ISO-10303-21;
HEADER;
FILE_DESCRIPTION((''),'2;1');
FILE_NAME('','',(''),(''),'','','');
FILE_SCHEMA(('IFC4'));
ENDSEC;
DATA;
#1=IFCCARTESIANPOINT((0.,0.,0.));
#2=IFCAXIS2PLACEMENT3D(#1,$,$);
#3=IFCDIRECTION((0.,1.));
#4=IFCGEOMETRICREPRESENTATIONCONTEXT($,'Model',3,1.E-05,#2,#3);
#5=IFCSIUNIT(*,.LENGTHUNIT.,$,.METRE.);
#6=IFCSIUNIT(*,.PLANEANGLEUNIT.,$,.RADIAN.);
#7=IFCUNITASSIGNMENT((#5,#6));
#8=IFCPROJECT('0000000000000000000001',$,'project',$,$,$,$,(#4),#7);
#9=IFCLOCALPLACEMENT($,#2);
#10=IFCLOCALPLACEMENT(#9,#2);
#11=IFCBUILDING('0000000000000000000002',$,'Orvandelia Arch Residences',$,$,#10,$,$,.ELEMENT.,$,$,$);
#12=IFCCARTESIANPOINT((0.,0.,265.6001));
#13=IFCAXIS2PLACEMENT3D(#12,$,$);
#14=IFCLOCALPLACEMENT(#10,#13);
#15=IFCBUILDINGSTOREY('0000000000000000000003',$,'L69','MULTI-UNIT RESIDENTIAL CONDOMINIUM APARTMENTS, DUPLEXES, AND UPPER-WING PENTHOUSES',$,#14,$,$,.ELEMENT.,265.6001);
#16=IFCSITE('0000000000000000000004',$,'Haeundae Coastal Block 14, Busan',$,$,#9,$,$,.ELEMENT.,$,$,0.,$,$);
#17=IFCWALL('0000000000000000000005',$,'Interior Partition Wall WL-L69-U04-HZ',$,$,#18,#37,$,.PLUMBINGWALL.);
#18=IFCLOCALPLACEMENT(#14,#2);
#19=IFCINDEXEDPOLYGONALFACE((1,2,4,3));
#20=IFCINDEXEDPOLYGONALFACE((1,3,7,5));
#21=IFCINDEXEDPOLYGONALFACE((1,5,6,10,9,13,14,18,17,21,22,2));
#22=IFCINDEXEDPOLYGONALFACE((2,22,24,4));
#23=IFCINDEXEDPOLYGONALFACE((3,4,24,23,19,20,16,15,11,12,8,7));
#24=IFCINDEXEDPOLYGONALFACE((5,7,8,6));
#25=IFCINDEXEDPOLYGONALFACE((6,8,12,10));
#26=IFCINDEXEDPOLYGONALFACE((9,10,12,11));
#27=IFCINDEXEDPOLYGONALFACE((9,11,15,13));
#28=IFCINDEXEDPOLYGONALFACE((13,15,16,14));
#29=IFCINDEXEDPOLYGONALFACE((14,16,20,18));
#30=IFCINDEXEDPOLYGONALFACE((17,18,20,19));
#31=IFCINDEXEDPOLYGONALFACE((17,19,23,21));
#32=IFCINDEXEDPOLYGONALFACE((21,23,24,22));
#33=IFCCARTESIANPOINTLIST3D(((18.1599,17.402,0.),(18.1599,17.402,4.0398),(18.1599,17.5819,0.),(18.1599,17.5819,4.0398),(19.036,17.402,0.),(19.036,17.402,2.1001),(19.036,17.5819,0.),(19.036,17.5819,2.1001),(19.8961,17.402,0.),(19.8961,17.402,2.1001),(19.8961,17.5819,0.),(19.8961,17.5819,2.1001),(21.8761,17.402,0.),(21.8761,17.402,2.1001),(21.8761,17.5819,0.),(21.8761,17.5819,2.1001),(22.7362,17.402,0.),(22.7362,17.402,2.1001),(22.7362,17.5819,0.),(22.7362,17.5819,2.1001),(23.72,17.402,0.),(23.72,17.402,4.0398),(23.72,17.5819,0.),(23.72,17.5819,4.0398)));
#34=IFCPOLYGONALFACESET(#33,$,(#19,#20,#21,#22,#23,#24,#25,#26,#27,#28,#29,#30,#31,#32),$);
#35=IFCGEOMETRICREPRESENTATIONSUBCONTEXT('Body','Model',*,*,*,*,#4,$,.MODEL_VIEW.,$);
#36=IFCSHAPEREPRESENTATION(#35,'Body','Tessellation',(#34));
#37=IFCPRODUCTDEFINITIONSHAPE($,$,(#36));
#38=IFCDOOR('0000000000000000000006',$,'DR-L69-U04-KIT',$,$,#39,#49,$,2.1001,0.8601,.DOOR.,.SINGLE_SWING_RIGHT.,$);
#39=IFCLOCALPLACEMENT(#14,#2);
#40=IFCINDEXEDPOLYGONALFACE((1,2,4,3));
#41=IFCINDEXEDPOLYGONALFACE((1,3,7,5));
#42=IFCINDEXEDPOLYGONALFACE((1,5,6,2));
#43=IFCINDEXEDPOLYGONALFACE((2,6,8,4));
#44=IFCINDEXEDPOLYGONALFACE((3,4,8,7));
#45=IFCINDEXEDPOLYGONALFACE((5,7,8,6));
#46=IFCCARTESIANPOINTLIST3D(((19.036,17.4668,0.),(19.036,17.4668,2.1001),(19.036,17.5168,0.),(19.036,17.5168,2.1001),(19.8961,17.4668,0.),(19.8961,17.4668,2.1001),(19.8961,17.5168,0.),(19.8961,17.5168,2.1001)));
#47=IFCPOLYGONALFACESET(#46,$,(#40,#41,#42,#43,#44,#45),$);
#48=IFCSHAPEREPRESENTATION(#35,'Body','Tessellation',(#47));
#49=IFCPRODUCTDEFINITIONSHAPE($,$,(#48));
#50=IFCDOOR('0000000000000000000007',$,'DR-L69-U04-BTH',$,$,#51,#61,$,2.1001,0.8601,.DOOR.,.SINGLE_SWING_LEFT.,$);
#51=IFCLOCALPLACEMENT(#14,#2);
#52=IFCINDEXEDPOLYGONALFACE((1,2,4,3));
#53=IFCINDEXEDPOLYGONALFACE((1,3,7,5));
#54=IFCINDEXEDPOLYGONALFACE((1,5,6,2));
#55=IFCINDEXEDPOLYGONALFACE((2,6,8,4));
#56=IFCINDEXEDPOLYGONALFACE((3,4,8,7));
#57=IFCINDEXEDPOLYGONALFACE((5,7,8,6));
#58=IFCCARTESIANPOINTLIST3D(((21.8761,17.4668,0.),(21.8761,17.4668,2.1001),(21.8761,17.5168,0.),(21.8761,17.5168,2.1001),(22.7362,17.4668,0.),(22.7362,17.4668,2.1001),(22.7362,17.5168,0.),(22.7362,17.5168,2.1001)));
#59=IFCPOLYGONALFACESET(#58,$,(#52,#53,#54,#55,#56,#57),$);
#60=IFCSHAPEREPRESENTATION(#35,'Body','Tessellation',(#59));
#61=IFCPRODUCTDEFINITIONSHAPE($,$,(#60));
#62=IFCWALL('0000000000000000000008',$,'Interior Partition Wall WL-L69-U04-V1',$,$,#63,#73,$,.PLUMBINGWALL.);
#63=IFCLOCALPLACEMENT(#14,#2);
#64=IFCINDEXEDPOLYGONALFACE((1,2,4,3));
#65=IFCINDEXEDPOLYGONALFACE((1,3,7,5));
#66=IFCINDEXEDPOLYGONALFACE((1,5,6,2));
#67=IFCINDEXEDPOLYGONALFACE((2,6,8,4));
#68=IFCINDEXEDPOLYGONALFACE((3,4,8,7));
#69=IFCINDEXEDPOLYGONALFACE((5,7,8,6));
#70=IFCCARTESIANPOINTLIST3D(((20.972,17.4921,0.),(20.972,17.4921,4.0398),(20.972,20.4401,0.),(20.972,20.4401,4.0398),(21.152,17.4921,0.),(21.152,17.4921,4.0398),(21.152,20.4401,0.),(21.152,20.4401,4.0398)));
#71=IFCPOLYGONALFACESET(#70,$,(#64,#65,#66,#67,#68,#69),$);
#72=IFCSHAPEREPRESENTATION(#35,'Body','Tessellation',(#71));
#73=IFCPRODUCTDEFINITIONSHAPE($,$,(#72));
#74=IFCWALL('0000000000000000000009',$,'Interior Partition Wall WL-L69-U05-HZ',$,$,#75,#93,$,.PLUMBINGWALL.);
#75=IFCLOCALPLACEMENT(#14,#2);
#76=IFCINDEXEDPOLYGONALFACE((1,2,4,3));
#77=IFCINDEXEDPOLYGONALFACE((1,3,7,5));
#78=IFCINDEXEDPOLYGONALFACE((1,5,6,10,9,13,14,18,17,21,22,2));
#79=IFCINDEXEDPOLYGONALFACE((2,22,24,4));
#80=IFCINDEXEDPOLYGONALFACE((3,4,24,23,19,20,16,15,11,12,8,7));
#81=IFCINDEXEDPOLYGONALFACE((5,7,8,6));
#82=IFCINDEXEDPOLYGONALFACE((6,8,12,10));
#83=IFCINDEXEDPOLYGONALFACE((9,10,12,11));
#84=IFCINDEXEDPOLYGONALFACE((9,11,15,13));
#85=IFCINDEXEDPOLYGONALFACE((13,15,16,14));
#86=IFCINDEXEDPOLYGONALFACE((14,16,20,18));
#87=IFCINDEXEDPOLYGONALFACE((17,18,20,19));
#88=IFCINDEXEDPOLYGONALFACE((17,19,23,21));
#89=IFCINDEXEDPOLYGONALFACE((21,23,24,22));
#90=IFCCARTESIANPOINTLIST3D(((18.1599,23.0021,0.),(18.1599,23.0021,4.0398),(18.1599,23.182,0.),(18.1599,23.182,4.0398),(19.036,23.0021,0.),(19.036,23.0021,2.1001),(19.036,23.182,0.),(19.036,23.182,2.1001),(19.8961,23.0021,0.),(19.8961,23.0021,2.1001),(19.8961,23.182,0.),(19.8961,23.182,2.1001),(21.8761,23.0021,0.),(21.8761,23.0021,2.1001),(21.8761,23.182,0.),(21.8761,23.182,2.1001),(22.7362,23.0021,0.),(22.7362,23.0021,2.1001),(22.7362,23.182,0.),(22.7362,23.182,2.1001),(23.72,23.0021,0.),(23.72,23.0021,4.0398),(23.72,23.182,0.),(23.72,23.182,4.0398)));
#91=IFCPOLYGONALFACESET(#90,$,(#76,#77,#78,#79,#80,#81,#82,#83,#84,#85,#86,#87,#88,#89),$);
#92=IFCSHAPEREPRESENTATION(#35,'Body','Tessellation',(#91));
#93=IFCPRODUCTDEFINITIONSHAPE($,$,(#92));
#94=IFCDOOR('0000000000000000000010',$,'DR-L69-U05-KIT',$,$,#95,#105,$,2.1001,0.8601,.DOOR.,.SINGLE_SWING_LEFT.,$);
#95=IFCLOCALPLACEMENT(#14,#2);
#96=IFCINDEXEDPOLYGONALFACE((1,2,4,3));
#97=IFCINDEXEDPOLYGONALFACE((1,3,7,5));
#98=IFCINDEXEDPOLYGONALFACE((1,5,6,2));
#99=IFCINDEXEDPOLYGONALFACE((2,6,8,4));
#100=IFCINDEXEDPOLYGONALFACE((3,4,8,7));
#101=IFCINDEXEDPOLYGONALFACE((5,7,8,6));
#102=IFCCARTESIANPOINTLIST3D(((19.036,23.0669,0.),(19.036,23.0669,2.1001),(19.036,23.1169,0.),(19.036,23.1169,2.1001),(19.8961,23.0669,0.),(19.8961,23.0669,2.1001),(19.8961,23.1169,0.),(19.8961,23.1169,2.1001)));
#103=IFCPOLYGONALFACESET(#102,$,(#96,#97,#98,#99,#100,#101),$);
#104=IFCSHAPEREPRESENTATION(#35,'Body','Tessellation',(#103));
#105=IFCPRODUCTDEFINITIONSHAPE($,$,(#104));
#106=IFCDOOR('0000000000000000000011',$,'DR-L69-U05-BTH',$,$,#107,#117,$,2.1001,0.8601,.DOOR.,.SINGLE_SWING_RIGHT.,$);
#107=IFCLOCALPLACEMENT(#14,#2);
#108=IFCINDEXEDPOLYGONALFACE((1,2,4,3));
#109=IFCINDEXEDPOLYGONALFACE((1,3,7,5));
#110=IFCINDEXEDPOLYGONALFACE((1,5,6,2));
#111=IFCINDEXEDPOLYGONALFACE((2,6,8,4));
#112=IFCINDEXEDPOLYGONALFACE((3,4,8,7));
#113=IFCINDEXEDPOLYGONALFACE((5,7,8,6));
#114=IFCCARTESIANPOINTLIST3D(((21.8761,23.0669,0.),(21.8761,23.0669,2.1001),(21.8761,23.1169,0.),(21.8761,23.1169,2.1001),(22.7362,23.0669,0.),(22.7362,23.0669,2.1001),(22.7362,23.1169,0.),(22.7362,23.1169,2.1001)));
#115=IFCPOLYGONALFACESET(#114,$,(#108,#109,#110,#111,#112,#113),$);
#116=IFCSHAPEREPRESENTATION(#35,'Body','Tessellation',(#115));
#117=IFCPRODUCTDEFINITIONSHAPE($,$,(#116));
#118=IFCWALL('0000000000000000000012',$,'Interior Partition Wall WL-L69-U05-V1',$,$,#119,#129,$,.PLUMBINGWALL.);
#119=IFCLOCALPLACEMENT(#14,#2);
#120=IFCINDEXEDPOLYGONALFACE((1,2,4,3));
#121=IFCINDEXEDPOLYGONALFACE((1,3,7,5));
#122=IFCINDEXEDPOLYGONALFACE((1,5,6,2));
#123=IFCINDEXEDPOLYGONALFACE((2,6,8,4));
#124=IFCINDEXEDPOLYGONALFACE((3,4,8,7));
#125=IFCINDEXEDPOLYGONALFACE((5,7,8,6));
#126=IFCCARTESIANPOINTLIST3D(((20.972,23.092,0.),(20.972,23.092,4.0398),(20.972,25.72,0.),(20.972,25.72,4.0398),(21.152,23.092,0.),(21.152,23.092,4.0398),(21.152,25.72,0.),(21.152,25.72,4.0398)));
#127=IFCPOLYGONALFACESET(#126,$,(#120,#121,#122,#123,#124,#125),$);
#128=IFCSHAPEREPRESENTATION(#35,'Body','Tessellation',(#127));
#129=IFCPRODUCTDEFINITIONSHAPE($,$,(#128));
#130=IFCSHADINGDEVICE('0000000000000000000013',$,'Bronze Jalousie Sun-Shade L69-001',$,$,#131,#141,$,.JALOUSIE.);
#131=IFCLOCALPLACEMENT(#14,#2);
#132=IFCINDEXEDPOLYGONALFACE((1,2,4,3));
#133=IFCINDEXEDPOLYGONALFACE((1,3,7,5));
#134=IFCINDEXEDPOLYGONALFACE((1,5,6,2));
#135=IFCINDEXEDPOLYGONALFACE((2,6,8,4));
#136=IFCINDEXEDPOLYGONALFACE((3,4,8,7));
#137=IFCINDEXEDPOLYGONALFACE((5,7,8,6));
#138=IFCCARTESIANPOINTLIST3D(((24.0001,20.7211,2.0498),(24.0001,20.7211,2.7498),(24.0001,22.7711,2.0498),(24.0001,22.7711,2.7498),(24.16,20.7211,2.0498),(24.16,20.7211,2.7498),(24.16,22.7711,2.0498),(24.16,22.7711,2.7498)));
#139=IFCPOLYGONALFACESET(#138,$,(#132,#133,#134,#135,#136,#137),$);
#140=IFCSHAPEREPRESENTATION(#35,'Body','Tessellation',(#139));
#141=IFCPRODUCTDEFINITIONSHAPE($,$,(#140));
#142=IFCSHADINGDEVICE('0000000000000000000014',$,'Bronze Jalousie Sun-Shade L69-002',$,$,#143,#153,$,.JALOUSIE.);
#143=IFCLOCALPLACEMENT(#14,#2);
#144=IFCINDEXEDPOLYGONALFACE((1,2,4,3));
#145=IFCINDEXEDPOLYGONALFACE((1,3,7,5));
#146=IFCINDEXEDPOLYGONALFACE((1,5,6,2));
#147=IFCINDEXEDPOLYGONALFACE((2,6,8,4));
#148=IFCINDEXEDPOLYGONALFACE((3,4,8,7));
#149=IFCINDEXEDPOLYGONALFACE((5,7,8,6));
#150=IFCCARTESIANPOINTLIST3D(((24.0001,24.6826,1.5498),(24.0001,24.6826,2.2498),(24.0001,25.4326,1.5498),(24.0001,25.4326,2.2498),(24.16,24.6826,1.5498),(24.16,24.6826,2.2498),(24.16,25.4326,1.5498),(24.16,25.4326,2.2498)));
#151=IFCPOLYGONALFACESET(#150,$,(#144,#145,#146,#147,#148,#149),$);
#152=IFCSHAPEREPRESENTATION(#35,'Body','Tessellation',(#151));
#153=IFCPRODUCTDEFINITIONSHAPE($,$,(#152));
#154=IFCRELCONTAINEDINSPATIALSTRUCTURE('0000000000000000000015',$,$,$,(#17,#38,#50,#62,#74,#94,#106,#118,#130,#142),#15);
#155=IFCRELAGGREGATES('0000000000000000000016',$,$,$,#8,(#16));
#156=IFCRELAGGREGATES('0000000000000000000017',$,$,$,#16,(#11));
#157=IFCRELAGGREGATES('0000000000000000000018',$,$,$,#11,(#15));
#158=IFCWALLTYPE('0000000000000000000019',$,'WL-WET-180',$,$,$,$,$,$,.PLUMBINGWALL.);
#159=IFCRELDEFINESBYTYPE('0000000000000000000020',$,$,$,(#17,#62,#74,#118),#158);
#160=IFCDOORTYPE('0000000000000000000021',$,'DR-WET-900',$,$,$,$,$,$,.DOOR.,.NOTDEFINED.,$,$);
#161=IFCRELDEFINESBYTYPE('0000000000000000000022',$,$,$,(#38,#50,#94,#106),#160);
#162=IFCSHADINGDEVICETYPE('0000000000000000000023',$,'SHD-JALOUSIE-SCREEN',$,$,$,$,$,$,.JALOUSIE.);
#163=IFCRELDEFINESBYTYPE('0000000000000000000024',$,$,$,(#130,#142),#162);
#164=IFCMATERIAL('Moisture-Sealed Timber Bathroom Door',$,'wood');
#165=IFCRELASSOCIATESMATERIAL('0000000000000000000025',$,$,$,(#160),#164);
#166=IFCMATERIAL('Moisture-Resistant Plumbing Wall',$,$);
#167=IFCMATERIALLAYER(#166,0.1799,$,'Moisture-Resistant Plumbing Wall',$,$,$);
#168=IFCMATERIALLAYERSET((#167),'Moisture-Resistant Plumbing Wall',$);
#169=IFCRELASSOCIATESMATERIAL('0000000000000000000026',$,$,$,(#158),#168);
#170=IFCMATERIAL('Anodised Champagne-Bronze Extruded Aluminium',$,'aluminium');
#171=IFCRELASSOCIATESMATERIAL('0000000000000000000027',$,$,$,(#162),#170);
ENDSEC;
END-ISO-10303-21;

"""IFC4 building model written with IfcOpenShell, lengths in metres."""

from ifc_helpers import new_model, si_unit, direction, frame, frame_2d, origin, origin_2d, place, context, subcontext, project, spatial, rectangle, extrude, material, layer, layer_set, type_object, element, fill, save


model = new_model("IFC4")

# Units and contexts
model_context = context("Model", 3, precision=1e-05, world=origin(), true_north=direction((0.0, 1.0)))
body_context = subcontext(model_context, "Body", "Model", "MODEL_VIEW")
ifc_project = project(units=[si_unit("LENGTHUNIT", "METRE"), si_unit("PLANEANGLEUNIT", "RADIAN")], contexts=[model_context])

# Site, building, storey
site_placement = place(None, origin())
site = spatial("IfcSite", under=ifc_project, at=site_placement, Name="Haeundae Coastal Block 14, Busan", CompositionType="ELEMENT", RefElevation=0.0)
building_placement = place(site_placement, origin())
building = spatial("IfcBuilding", under=site, at=building_placement, Name="Orvandelia Arch Residences", CompositionType="ELEMENT")
storey_placement = place(building_placement, frame((0.0, 0.0, 265.6001)))
storey = spatial("IfcBuildingStorey", under=building, at=storey_placement, Name="L69", Description="MULTI-UNIT RESIDENTIAL CONDOMINIUM APARTMENTS, DUPLEXES, AND UPPER-WING PENTHOUSES", CompositionType="ELEMENT", Elevation=265.6001)

# Shared definitions
ifc_material_1 = material(Name="Moisture-Sealed Timber Bathroom Door", Category="wood")
door_type_1 = type_object("IfcDoorType", Name="DR-WET-900", OperationType="NOTDEFINED", PredefinedType="DOOR", material=ifc_material_1)

# Shared definitions
ifc_material_2 = material(Name="Moisture-Resistant Plumbing Wall")
ifc_layer_1 = layer(ifc_material_2, 0.1799, Name="Moisture-Resistant Plumbing Wall")
ifc_layer_set_1 = layer_set([ifc_layer_1], Name="Moisture-Resistant Plumbing Wall")
wall_type_1 = type_object("IfcWallType", Name="WL-WET-180", PredefinedType="PLUMBINGWALL", material=ifc_layer_set_1)

# Wall, openings, doors
wall_1_placement = place(storey_placement, frame((18.1599, 17.4919, 0.0), z_axis=(0.0, 0.0, 1.0), x_axis=(1.0, 0.0, 0.0)))
wall_1 = element("IfcWall", 1, at=wall_1_placement, inside=storey, type_object=wall_type_1, Name="Interior Partition Wall WL-L69-U04-HZ", PredefinedType="PLUMBINGWALL", context=body_context, shape_type="SweptSolid", body=[
    extrude(rectangle(XDim=5.5601, YDim=0.1799, at=frame_2d((2.78, 0.0))), origin(), (0.0, 0.0, 1.0), 4.0398),
])
opening_1_placement = place(wall_1_placement, frame((0.876, 0.0, 0.0)))
opening_1 = element("IfcOpeningElement", 2, at=opening_1_placement, cuts=wall_1, PredefinedType="OPENING", context=body_context, shape_type="SweptSolid", body=[
    extrude(rectangle(XDim=0.8601, YDim=2.1001, at=frame_2d((0.4302, 1.05))), frame((0.0, 0.1001, 0.0), z_axis=(0.0, -1.0, 0.0), x_axis=(1.0, 0.0, 0.0)), (0.0, 0.0, 1.0), 0.2),
])
opening_2_placement = place(wall_1_placement, frame((3.7161, 0.0, 0.0)))
opening_2 = element("IfcOpeningElement", 3, at=opening_2_placement, cuts=wall_1, PredefinedType="OPENING", context=body_context, shape_type="SweptSolid", body=[
    extrude(rectangle(XDim=0.8601, YDim=2.1001, at=frame_2d((0.4302, 1.05))), frame((0.0, 0.1001, 0.0), z_axis=(0.0, -1.0, 0.0), x_axis=(1.0, 0.0, 0.0)), (0.0, 0.0, 1.0), 0.2),
])
door_1_placement = place(opening_1_placement, origin())
door_1 = element("IfcDoor", 4, at=door_1_placement, inside=storey, type_object=door_type_1, Name="DR-L69-U04-KIT", OperationType="SINGLE_SWING_RIGHT", OverallHeight=2.1001, OverallWidth=0.8601, PredefinedType="DOOR", context=body_context, shape_type="SweptSolid", body=[
    extrude(rectangle(XDim=0.8601, YDim=2.1001, at=frame_2d((0.4302, 1.05))), frame((0.0, 0.0249, 0.0), z_axis=(0.0, -1.0, 0.0), x_axis=(1.0, 0.0, 0.0)), (0.0, 0.0, 1.0), 0.05),
])
fill(opening_1, door_1)
door_2_placement = place(opening_2_placement, origin())
door_2 = element("IfcDoor", 5, at=door_2_placement, inside=storey, type_object=door_type_1, Name="DR-L69-U04-BTH", OperationType="SINGLE_SWING_LEFT", OverallHeight=2.1001, OverallWidth=0.8601, PredefinedType="DOOR", context=body_context, shape_type="SweptSolid", body=[
    extrude(rectangle(XDim=0.8601, YDim=2.1001, at=frame_2d((0.4302, 1.05))), frame((0.0, 0.0249, 0.0), z_axis=(0.0, -1.0, 0.0), x_axis=(1.0, 0.0, 0.0)), (0.0, 0.0, 1.0), 0.05),
])
fill(opening_2, door_2)

# Wall
wall_2_placement = place(storey_placement, frame((21.062, 17.4919, 0.0), z_axis=(0.0, 0.0, 1.0), x_axis=(0.0, 1.0, 0.0)))
element("IfcWall", 6, at=wall_2_placement, inside=storey, type_object=wall_type_1, Name="Interior Partition Wall WL-L69-U04-V1", PredefinedType="PLUMBINGWALL", context=body_context, shape_type="SweptSolid", body=[
    extrude(rectangle(XDim=2.948, YDim=0.1799, at=frame_2d((1.4741, 0.0))), origin(), (0.0, 0.0, 1.0), 4.0398),
])

# Wall, openings, doors
wall_3_placement = place(storey_placement, frame((18.1599, 23.092, 0.0), z_axis=(0.0, 0.0, 1.0), x_axis=(1.0, 0.0, 0.0)))
wall_3 = element("IfcWall", 7, at=wall_3_placement, inside=storey, type_object=wall_type_1, Name="Interior Partition Wall WL-L69-U05-HZ", PredefinedType="PLUMBINGWALL", context=body_context, shape_type="SweptSolid", body=[
    extrude(rectangle(XDim=5.5601, YDim=0.1799, at=frame_2d((2.78, 0.0))), origin(), (0.0, 0.0, 1.0), 4.0398),
])
opening_3_placement = place(wall_3_placement, frame((0.876, 0.0, 0.0)))
opening_3 = element("IfcOpeningElement", 8, at=opening_3_placement, cuts=wall_3, PredefinedType="OPENING", context=body_context, shape_type="SweptSolid", body=[
    extrude(rectangle(XDim=0.8601, YDim=2.1001, at=frame_2d((0.4302, 1.05))), frame((0.0, 0.1001, 0.0), z_axis=(0.0, -1.0, 0.0), x_axis=(1.0, 0.0, 0.0)), (0.0, 0.0, 1.0), 0.2),
])
opening_4_placement = place(wall_3_placement, frame((3.7161, 0.0, 0.0)))
opening_4 = element("IfcOpeningElement", 9, at=opening_4_placement, cuts=wall_3, PredefinedType="OPENING", context=body_context, shape_type="SweptSolid", body=[
    extrude(rectangle(XDim=0.8601, YDim=2.1001, at=frame_2d((0.4302, 1.05))), frame((0.0, 0.1001, 0.0), z_axis=(0.0, -1.0, 0.0), x_axis=(1.0, 0.0, 0.0)), (0.0, 0.0, 1.0), 0.2),
])
door_3_placement = place(opening_3_placement, origin())
door_3 = element("IfcDoor", 10, at=door_3_placement, inside=storey, type_object=door_type_1, Name="DR-L69-U05-KIT", OperationType="SINGLE_SWING_LEFT", OverallHeight=2.1001, OverallWidth=0.8601, PredefinedType="DOOR", context=body_context, shape_type="SweptSolid", body=[
    extrude(rectangle(XDim=0.8601, YDim=2.1001, at=frame_2d((0.4302, 1.05))), frame((0.0, 0.0249, 0.0), z_axis=(0.0, -1.0, 0.0), x_axis=(1.0, 0.0, 0.0)), (0.0, 0.0, 1.0), 0.05),
])
fill(opening_3, door_3)
door_4_placement = place(opening_4_placement, origin())
door_4 = element("IfcDoor", 11, at=door_4_placement, inside=storey, type_object=door_type_1, Name="DR-L69-U05-BTH", OperationType="SINGLE_SWING_RIGHT", OverallHeight=2.1001, OverallWidth=0.8601, PredefinedType="DOOR", context=body_context, shape_type="SweptSolid", body=[
    extrude(rectangle(XDim=0.8601, YDim=2.1001, at=frame_2d((0.4302, 1.05))), frame((0.0, 0.0249, 0.0), z_axis=(0.0, -1.0, 0.0), x_axis=(1.0, 0.0, 0.0)), (0.0, 0.0, 1.0), 0.05),
])
fill(opening_4, door_4)

# Wall
wall_4_placement = place(storey_placement, frame((21.062, 23.092, 0.0), z_axis=(0.0, 0.0, 1.0), x_axis=(0.0, 1.0, 0.0)))
element("IfcWall", 12, at=wall_4_placement, inside=storey, type_object=wall_type_1, Name="Interior Partition Wall WL-L69-U05-V1", PredefinedType="PLUMBINGWALL", context=body_context, shape_type="SweptSolid", body=[
    extrude(rectangle(XDim=2.6279, YDim=0.1799, at=frame_2d((1.314, 0.0))), origin(), (0.0, 0.0, 1.0), 4.0398),
])

# Shading devices
ifc_material_3 = material(Name="Anodised Champagne-Bronze Extruded Aluminium", Category="aluminium")
shading_device_type = type_object("IfcShadingDeviceType", Name="SHD-JALOUSIE-SCREEN", PredefinedType="JALOUSIE", material=ifc_material_3)
shading_device_1_placement = place(storey_placement, frame((24.0801, 21.7461, 2.0498), z_axis=(0.0, 0.0, 1.0), x_axis=(0.0, -1.0, 0.0)))
element("IfcShadingDevice", 13, at=shading_device_1_placement, inside=storey, type_object=shading_device_type, Name="Bronze Jalousie Sun-Shade L69-001", PredefinedType="JALOUSIE", context=body_context, shape_type="SweptSolid", body=[
    extrude(rectangle(XDim=2.05, YDim=0.1599, at=origin_2d()), origin(), (0.0, 0.0, 1.0), 0.7),
])
shading_device_2_placement = place(storey_placement, frame((24.0801, 25.0576, 1.5498), z_axis=(0.0, 0.0, 1.0), x_axis=(0.0, -1.0, 0.0)))
element("IfcShadingDevice", 14, at=shading_device_2_placement, inside=storey, type_object=shading_device_type, Name="Bronze Jalousie Sun-Shade L69-002", PredefinedType="JALOUSIE", context=body_context, shape_type="SweptSolid", body=[
    extrude(rectangle(XDim=0.75, YDim=0.1599, at=origin_2d()), origin(), (0.0, 0.0, 1.0), 0.7),
])

save(model, "model.ifc")
